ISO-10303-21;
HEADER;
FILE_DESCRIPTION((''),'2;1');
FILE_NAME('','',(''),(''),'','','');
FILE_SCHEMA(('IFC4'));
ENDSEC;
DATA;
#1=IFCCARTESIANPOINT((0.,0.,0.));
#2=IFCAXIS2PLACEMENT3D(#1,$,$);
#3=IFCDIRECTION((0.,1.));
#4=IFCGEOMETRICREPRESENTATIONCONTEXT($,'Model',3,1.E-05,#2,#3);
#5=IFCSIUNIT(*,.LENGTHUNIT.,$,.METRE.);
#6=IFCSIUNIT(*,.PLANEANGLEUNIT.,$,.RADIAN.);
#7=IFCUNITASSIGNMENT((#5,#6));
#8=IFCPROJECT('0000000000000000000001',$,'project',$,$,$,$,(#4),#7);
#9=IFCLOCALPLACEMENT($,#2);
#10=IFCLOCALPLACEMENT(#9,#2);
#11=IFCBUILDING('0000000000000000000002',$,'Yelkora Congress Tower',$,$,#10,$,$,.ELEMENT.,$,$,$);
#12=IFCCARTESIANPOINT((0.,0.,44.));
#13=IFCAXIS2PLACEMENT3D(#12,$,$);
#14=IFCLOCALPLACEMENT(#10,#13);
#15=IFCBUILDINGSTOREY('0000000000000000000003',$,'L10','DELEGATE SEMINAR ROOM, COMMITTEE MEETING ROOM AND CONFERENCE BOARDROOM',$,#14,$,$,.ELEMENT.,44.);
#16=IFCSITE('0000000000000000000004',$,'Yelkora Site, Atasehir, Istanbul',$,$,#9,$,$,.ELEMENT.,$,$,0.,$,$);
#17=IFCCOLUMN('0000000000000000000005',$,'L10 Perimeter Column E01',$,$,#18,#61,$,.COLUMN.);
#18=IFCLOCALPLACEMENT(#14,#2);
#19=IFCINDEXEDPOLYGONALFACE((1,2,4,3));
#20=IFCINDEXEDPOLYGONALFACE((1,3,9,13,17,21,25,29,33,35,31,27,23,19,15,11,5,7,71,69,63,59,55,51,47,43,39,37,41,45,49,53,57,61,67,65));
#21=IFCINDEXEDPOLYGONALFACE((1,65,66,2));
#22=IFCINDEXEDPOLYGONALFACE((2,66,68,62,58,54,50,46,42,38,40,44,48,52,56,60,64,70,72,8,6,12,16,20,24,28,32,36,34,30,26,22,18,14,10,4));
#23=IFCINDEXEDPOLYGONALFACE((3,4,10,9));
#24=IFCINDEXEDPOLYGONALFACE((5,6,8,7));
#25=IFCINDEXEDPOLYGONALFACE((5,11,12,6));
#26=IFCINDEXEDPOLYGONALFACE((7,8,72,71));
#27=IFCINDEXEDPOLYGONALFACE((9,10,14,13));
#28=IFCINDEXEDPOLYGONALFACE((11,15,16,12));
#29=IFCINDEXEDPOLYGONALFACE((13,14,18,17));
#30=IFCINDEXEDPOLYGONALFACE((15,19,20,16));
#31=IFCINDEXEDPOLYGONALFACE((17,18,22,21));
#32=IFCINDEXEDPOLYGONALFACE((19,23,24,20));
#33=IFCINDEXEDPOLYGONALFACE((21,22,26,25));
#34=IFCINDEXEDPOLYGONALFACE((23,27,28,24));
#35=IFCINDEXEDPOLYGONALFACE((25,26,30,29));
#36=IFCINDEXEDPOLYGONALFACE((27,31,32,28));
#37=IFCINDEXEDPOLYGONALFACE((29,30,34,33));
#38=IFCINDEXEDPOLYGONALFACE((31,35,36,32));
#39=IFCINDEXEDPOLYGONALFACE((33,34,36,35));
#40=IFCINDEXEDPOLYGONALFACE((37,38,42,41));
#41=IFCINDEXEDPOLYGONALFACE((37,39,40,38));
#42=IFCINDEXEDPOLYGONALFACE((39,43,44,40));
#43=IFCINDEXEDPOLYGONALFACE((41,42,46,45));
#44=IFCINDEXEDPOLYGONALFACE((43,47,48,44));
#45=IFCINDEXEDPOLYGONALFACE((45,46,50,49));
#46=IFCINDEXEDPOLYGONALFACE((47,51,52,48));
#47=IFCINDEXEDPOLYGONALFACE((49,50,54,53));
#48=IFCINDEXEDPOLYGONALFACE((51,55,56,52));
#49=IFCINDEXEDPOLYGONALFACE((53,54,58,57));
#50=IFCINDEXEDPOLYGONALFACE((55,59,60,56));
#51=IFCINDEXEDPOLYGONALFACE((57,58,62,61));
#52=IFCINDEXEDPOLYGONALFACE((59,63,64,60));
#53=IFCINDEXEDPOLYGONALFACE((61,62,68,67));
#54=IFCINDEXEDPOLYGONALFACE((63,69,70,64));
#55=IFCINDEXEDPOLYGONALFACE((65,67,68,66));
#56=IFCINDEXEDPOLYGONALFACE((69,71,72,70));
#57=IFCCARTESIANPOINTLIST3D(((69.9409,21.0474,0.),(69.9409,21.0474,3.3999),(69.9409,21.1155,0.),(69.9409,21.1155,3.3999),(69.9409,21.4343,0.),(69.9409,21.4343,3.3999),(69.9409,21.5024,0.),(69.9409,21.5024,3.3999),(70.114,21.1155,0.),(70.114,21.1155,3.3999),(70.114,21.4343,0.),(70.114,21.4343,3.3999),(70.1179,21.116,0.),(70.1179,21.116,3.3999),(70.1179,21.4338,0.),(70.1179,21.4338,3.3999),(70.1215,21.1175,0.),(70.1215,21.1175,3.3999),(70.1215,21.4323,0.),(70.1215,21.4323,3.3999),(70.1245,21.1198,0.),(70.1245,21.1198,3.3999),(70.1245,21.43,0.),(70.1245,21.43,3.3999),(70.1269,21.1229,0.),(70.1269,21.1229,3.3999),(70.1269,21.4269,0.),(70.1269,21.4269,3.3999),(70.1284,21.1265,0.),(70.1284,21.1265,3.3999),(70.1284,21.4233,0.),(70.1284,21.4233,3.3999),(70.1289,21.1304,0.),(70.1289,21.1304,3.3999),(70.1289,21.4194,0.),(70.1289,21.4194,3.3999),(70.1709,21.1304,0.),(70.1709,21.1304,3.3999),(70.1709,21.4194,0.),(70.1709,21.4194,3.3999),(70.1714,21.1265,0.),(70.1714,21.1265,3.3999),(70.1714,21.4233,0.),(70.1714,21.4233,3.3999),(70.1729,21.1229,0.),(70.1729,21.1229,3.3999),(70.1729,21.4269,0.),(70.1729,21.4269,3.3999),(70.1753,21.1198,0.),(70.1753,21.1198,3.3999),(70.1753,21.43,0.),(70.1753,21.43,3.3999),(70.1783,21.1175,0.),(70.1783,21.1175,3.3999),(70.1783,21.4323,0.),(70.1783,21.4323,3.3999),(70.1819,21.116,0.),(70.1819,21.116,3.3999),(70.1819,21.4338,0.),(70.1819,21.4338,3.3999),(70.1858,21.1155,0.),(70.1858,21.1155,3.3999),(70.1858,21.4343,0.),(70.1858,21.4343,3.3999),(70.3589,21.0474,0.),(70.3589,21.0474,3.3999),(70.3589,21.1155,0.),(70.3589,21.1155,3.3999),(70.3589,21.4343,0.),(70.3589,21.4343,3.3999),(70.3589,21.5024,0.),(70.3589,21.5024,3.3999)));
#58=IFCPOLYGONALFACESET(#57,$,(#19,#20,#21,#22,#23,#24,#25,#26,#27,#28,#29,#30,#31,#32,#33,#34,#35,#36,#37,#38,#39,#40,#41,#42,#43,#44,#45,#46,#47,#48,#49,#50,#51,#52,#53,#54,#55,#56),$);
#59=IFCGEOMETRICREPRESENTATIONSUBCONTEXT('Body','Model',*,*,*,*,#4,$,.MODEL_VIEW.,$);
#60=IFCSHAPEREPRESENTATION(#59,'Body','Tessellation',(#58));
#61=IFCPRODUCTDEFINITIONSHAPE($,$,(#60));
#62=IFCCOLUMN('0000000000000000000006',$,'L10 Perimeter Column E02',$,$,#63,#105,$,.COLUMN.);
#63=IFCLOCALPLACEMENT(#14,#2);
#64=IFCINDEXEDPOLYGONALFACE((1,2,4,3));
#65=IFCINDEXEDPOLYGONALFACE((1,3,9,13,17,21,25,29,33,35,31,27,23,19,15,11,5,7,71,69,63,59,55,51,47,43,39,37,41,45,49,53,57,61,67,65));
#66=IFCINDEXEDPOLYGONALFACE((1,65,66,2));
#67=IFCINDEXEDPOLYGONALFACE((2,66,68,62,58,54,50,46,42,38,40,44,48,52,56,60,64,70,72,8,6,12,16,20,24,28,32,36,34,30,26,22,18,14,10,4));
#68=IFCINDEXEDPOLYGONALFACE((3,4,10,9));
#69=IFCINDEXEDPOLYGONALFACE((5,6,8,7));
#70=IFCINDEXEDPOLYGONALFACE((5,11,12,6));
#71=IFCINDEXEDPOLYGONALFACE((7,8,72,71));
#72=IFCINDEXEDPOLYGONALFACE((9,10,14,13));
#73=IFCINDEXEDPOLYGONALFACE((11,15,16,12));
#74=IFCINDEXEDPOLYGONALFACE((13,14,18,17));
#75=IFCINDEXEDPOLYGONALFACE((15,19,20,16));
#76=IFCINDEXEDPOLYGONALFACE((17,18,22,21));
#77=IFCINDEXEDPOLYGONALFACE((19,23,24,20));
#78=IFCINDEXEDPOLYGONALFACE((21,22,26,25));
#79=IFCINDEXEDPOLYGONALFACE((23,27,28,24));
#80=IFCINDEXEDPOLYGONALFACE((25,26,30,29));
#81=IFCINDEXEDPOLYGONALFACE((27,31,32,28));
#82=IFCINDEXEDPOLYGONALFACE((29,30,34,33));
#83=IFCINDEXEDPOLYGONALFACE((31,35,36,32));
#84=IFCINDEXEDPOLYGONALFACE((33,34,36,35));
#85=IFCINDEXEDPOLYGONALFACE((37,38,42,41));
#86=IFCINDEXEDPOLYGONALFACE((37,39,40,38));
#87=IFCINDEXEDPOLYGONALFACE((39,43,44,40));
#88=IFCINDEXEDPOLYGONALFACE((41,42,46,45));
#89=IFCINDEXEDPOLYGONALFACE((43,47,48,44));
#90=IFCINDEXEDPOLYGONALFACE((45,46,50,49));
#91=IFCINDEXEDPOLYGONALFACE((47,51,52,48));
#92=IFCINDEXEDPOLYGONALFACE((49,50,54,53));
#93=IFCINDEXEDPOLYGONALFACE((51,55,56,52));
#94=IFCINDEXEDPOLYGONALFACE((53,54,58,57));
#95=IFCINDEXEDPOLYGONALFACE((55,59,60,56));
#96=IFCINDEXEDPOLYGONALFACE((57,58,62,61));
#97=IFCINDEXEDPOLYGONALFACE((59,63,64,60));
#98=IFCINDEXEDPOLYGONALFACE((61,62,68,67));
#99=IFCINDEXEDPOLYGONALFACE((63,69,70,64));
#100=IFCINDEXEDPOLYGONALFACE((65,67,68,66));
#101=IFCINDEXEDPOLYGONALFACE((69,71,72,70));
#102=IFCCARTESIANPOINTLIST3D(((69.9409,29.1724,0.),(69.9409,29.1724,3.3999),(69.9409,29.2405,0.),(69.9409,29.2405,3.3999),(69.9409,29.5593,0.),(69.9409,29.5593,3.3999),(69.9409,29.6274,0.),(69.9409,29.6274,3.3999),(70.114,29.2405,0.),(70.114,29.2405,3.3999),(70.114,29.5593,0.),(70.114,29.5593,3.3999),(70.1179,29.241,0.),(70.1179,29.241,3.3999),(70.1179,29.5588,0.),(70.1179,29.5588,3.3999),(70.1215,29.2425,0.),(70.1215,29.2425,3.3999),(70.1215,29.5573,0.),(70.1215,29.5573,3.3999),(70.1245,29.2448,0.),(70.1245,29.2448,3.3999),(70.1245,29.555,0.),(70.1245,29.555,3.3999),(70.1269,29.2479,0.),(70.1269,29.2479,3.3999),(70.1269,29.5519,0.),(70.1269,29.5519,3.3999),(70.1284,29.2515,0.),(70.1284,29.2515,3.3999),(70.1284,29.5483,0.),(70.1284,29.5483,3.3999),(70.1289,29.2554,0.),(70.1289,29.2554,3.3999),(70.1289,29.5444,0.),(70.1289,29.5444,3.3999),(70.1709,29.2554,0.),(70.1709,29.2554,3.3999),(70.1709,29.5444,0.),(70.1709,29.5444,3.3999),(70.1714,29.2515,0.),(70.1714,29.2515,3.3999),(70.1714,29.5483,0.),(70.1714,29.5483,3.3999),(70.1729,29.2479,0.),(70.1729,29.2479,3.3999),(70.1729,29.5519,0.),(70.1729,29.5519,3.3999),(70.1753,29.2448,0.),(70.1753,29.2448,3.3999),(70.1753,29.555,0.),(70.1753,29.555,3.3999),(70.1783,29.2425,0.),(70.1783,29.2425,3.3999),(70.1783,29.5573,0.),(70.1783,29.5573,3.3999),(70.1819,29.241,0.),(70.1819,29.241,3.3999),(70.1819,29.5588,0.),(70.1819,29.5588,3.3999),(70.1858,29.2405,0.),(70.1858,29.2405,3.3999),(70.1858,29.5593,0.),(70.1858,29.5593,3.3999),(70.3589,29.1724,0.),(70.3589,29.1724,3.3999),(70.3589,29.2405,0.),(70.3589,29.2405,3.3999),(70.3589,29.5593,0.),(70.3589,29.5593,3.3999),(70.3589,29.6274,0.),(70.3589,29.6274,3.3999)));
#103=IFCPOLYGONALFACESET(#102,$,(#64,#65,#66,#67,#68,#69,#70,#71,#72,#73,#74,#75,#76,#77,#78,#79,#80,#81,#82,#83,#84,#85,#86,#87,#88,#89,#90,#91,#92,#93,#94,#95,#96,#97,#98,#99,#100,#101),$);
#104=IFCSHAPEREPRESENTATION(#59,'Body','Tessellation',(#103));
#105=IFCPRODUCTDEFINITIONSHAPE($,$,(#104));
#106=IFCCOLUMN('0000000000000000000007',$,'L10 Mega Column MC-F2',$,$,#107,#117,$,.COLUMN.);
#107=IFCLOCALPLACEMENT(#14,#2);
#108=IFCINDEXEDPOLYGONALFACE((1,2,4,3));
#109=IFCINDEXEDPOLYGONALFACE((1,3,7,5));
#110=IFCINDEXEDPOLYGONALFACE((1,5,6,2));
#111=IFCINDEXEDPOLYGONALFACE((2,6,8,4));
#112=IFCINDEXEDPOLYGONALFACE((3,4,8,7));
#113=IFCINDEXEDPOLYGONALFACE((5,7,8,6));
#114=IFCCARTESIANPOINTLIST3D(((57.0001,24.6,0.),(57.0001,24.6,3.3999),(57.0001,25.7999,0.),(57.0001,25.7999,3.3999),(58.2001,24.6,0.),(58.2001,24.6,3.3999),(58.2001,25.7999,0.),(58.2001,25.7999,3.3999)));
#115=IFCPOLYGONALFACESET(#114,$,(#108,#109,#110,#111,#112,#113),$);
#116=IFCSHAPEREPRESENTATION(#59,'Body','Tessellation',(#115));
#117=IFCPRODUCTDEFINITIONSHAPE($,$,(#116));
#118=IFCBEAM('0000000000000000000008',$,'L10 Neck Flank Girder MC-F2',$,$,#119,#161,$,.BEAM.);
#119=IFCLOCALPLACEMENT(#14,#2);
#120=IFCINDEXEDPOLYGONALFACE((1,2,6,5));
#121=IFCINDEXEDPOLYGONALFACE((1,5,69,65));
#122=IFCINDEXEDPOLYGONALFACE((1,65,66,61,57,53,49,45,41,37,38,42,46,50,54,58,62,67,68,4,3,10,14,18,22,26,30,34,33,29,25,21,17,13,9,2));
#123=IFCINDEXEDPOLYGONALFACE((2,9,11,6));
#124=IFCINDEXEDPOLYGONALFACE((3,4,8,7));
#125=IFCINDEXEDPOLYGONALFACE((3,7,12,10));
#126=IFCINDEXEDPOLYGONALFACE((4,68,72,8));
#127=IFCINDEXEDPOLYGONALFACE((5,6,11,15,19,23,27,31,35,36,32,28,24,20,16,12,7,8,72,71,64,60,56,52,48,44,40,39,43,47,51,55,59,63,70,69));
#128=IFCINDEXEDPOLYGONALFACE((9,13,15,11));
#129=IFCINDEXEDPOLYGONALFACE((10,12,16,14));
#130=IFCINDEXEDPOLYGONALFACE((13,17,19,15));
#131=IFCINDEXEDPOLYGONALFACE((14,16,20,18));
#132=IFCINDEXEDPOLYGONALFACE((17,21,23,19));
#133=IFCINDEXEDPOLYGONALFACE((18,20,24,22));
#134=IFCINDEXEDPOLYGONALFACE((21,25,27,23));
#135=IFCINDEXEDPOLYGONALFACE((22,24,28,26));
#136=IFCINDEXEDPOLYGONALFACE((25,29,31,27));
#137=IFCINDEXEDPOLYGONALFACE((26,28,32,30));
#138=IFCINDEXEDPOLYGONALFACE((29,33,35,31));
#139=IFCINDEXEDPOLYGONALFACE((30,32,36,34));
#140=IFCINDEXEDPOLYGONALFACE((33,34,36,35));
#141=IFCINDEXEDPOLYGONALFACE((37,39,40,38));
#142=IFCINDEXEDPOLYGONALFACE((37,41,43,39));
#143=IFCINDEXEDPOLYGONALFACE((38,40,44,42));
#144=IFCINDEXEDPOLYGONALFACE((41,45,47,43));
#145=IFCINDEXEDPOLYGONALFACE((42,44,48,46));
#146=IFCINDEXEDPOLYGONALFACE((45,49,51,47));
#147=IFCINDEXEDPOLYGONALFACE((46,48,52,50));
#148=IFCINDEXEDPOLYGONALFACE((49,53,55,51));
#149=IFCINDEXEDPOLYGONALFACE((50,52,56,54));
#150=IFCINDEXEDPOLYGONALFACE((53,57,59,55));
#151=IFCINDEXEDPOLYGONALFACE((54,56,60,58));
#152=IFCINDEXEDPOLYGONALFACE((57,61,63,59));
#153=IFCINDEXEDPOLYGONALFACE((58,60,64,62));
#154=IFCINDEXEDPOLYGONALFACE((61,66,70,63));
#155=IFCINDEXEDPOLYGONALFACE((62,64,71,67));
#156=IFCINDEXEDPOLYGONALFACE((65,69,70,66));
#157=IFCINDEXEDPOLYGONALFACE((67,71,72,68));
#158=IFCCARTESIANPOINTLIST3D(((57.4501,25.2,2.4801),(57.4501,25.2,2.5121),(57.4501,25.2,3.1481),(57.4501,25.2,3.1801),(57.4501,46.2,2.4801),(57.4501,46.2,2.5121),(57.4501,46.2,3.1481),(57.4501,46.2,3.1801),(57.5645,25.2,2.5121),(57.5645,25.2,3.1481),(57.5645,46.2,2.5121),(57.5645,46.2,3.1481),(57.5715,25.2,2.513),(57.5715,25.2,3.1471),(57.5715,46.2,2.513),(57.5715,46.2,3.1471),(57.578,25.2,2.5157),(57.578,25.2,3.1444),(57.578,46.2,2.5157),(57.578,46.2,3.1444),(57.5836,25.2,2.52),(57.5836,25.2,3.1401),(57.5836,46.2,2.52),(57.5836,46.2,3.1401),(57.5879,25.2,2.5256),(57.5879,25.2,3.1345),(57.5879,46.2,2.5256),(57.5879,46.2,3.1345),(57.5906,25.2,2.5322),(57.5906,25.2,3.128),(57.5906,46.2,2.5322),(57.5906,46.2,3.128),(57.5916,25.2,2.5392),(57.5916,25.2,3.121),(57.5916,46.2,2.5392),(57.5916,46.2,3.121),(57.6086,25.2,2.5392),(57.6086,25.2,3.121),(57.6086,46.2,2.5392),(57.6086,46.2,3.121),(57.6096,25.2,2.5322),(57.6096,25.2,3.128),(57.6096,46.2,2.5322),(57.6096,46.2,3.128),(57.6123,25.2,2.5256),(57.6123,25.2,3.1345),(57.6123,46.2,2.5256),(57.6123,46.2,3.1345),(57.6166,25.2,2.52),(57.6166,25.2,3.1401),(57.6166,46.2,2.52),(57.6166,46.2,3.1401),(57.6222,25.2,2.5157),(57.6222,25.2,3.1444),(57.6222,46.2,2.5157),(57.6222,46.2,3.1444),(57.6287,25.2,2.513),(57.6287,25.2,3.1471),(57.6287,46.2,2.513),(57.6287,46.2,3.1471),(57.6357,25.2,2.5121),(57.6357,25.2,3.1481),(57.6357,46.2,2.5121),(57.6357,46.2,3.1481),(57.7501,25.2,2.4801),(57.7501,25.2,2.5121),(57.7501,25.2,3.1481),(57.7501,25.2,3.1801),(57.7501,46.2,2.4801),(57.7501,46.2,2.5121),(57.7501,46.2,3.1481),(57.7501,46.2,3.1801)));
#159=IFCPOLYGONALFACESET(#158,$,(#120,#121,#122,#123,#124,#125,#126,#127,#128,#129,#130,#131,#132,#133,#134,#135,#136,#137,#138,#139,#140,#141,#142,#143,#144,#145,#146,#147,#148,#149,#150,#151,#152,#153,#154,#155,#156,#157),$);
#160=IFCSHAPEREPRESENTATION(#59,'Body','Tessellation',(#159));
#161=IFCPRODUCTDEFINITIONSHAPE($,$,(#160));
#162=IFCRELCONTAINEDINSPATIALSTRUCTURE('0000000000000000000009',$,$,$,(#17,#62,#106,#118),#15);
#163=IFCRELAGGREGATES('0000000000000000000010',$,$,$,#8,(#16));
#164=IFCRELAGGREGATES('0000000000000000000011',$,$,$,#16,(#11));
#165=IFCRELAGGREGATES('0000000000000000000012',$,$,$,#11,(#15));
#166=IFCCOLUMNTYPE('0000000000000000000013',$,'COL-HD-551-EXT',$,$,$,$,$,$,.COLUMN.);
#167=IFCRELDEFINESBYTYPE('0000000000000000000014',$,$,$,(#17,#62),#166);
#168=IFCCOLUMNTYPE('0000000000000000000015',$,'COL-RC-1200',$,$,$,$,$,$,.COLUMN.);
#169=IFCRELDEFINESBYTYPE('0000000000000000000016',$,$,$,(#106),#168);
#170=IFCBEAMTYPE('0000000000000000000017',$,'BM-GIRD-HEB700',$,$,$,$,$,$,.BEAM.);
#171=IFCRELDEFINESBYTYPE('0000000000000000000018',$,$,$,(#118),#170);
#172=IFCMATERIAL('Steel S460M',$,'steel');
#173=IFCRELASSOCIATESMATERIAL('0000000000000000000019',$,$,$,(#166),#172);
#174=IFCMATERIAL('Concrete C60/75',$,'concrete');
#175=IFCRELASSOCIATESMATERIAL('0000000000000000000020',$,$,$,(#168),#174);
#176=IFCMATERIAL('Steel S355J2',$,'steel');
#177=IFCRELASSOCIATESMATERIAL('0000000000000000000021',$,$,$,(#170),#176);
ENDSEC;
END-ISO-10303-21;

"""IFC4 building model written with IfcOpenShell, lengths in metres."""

from ifc_helpers import new_model, si_unit, direction, frame, origin, origin_2d, place, context, subcontext, project, spatial, rectangle, i_section, extrude, material, material_profile, profile_set, type_object, element, save


model = new_model("IFC4")

# Units and contexts
model_context = context("Model", 3, precision=1e-05, world=origin(), true_north=direction((0.0, 1.0)))
body_context = subcontext(model_context, "Body", "Model", "MODEL_VIEW")
ifc_project = project(units=[si_unit("LENGTHUNIT", "METRE"), si_unit("PLANEANGLEUNIT", "RADIAN")], contexts=[model_context])

# Site, building, storey
site_placement = place(None, origin())
site = spatial("IfcSite", under=ifc_project, at=site_placement, Name="Yelkora Site, Atasehir, Istanbul", CompositionType="ELEMENT", RefElevation=0.0)
building_placement = place(site_placement, origin())
building = spatial("IfcBuilding", under=site, at=building_placement, Name="Yelkora Congress Tower", CompositionType="ELEMENT")
storey_placement = place(building_placement, frame((0.0, 0.0, 44.0)))
storey = spatial("IfcBuildingStorey", under=building, at=storey_placement, Name="L10", Description="DELEGATE SEMINAR ROOM, COMMITTEE MEETING ROOM AND CONFERENCE BOARDROOM", CompositionType="ELEMENT", Elevation=44.0)

# Columns
ifc_material_1 = material(Name="Steel S460M", Category="steel")
ifc_material_profile_1 = material_profile(ifc_material_1, i_section(OverallWidth=0.418, OverallDepth=0.4551, WebThickness=0.042, FlangeThickness=0.0681, FilletRadius=0.0149, at=origin_2d()), Name="HD 400x551")
ifc_profile_set_1 = profile_set([ifc_material_profile_1], Name="Steel S460M")
column_type_1 = type_object("IfcColumnType", Name="COL-HD-551-EXT", PredefinedType="COLUMN", material=ifc_profile_set_1)
for number, where, z_axis, x_axis, name in (
    (1, (70.1499, 21.2749, 0.0), (0.0, 0.0, 1.0), (1.0, 0.0, 0.0), "L10 Perimeter Column E01"),
    (2, (70.1499, 29.3999, 0.0), (0.0, 0.0, 1.0), (1.0, 0.0, 0.0), "L10 Perimeter Column E02"),
):
    element("IfcColumn", number, at=place(storey_placement, frame(where, z_axis=z_axis, x_axis=x_axis)), inside=storey, type_object=column_type_1, Name=name, PredefinedType="COLUMN", context=body_context, shape_type="SweptSolid", body=[
        extrude(i_section(OverallWidth=0.418, OverallDepth=0.4551, WebThickness=0.042, FlangeThickness=0.0681, FilletRadius=0.0149, at=origin_2d()), origin(), (0.0, 0.0, 1.0), 3.3999),
    ])
ifc_material_2 = material(Name="Concrete C60/75", Category="concrete")
ifc_material_profile_2 = material_profile(ifc_material_2, rectangle(XDim=1.2, YDim=1.2, at=origin_2d()), Name="RC 1200x1200")
ifc_profile_set_2 = profile_set([ifc_material_profile_2], Name="Concrete C60/75")
column_type_2 = type_object("IfcColumnType", Name="COL-RC-1200", PredefinedType="COLUMN", material=ifc_profile_set_2)
column_placement = place(storey_placement, frame((57.6001, 25.2, 0.0), z_axis=(0.0, 0.0, 1.0), x_axis=(1.0, 0.0, 0.0)))
element("IfcColumn", 3, at=column_placement, inside=storey, type_object=column_type_2, Name="L10 Mega Column MC-F2", PredefinedType="COLUMN", context=body_context, shape_type="SweptSolid", body=[
    extrude(rectangle(XDim=1.2, YDim=1.2, at=origin_2d()), origin(), (0.0, 0.0, 1.0), 3.3999),
])

# Beam
ifc_material_3 = material(Name="Steel S355J2", Category="steel")
ifc_material_profile_3 = material_profile(ifc_material_3, i_section(OverallWidth=0.3, OverallDepth=0.7, WebThickness=0.0171, FlangeThickness=0.032, FilletRadius=0.0271, at=origin_2d()), Name="HEB 700")
ifc_profile_set_3 = profile_set([ifc_material_profile_3], Name="Steel S355J2")
beam_type_1 = type_object("IfcBeamType", Name="BM-GIRD-HEB700", PredefinedType="BEAM", material=ifc_profile_set_3)
beam_1_placement = place(storey_placement, frame((57.6001, 25.2, 2.8301), z_axis=(0.0, 1.0, 0.0), x_axis=(-1.0, 0.0, 0.0)))
element("IfcBeam", 4, at=beam_1_placement, inside=storey, type_object=beam_type_1, Name="L10 Neck Flank Girder MC-F2", PredefinedType="BEAM", context=body_context, shape_type="SweptSolid", body=[
    extrude(i_section(OverallWidth=0.3, OverallDepth=0.7, WebThickness=0.0171, FlangeThickness=0.032, FilletRadius=0.0271, at=origin_2d()), origin(), (0.0, 0.0, 1.0), 21.0),
])

save(model, "model.ifc")
